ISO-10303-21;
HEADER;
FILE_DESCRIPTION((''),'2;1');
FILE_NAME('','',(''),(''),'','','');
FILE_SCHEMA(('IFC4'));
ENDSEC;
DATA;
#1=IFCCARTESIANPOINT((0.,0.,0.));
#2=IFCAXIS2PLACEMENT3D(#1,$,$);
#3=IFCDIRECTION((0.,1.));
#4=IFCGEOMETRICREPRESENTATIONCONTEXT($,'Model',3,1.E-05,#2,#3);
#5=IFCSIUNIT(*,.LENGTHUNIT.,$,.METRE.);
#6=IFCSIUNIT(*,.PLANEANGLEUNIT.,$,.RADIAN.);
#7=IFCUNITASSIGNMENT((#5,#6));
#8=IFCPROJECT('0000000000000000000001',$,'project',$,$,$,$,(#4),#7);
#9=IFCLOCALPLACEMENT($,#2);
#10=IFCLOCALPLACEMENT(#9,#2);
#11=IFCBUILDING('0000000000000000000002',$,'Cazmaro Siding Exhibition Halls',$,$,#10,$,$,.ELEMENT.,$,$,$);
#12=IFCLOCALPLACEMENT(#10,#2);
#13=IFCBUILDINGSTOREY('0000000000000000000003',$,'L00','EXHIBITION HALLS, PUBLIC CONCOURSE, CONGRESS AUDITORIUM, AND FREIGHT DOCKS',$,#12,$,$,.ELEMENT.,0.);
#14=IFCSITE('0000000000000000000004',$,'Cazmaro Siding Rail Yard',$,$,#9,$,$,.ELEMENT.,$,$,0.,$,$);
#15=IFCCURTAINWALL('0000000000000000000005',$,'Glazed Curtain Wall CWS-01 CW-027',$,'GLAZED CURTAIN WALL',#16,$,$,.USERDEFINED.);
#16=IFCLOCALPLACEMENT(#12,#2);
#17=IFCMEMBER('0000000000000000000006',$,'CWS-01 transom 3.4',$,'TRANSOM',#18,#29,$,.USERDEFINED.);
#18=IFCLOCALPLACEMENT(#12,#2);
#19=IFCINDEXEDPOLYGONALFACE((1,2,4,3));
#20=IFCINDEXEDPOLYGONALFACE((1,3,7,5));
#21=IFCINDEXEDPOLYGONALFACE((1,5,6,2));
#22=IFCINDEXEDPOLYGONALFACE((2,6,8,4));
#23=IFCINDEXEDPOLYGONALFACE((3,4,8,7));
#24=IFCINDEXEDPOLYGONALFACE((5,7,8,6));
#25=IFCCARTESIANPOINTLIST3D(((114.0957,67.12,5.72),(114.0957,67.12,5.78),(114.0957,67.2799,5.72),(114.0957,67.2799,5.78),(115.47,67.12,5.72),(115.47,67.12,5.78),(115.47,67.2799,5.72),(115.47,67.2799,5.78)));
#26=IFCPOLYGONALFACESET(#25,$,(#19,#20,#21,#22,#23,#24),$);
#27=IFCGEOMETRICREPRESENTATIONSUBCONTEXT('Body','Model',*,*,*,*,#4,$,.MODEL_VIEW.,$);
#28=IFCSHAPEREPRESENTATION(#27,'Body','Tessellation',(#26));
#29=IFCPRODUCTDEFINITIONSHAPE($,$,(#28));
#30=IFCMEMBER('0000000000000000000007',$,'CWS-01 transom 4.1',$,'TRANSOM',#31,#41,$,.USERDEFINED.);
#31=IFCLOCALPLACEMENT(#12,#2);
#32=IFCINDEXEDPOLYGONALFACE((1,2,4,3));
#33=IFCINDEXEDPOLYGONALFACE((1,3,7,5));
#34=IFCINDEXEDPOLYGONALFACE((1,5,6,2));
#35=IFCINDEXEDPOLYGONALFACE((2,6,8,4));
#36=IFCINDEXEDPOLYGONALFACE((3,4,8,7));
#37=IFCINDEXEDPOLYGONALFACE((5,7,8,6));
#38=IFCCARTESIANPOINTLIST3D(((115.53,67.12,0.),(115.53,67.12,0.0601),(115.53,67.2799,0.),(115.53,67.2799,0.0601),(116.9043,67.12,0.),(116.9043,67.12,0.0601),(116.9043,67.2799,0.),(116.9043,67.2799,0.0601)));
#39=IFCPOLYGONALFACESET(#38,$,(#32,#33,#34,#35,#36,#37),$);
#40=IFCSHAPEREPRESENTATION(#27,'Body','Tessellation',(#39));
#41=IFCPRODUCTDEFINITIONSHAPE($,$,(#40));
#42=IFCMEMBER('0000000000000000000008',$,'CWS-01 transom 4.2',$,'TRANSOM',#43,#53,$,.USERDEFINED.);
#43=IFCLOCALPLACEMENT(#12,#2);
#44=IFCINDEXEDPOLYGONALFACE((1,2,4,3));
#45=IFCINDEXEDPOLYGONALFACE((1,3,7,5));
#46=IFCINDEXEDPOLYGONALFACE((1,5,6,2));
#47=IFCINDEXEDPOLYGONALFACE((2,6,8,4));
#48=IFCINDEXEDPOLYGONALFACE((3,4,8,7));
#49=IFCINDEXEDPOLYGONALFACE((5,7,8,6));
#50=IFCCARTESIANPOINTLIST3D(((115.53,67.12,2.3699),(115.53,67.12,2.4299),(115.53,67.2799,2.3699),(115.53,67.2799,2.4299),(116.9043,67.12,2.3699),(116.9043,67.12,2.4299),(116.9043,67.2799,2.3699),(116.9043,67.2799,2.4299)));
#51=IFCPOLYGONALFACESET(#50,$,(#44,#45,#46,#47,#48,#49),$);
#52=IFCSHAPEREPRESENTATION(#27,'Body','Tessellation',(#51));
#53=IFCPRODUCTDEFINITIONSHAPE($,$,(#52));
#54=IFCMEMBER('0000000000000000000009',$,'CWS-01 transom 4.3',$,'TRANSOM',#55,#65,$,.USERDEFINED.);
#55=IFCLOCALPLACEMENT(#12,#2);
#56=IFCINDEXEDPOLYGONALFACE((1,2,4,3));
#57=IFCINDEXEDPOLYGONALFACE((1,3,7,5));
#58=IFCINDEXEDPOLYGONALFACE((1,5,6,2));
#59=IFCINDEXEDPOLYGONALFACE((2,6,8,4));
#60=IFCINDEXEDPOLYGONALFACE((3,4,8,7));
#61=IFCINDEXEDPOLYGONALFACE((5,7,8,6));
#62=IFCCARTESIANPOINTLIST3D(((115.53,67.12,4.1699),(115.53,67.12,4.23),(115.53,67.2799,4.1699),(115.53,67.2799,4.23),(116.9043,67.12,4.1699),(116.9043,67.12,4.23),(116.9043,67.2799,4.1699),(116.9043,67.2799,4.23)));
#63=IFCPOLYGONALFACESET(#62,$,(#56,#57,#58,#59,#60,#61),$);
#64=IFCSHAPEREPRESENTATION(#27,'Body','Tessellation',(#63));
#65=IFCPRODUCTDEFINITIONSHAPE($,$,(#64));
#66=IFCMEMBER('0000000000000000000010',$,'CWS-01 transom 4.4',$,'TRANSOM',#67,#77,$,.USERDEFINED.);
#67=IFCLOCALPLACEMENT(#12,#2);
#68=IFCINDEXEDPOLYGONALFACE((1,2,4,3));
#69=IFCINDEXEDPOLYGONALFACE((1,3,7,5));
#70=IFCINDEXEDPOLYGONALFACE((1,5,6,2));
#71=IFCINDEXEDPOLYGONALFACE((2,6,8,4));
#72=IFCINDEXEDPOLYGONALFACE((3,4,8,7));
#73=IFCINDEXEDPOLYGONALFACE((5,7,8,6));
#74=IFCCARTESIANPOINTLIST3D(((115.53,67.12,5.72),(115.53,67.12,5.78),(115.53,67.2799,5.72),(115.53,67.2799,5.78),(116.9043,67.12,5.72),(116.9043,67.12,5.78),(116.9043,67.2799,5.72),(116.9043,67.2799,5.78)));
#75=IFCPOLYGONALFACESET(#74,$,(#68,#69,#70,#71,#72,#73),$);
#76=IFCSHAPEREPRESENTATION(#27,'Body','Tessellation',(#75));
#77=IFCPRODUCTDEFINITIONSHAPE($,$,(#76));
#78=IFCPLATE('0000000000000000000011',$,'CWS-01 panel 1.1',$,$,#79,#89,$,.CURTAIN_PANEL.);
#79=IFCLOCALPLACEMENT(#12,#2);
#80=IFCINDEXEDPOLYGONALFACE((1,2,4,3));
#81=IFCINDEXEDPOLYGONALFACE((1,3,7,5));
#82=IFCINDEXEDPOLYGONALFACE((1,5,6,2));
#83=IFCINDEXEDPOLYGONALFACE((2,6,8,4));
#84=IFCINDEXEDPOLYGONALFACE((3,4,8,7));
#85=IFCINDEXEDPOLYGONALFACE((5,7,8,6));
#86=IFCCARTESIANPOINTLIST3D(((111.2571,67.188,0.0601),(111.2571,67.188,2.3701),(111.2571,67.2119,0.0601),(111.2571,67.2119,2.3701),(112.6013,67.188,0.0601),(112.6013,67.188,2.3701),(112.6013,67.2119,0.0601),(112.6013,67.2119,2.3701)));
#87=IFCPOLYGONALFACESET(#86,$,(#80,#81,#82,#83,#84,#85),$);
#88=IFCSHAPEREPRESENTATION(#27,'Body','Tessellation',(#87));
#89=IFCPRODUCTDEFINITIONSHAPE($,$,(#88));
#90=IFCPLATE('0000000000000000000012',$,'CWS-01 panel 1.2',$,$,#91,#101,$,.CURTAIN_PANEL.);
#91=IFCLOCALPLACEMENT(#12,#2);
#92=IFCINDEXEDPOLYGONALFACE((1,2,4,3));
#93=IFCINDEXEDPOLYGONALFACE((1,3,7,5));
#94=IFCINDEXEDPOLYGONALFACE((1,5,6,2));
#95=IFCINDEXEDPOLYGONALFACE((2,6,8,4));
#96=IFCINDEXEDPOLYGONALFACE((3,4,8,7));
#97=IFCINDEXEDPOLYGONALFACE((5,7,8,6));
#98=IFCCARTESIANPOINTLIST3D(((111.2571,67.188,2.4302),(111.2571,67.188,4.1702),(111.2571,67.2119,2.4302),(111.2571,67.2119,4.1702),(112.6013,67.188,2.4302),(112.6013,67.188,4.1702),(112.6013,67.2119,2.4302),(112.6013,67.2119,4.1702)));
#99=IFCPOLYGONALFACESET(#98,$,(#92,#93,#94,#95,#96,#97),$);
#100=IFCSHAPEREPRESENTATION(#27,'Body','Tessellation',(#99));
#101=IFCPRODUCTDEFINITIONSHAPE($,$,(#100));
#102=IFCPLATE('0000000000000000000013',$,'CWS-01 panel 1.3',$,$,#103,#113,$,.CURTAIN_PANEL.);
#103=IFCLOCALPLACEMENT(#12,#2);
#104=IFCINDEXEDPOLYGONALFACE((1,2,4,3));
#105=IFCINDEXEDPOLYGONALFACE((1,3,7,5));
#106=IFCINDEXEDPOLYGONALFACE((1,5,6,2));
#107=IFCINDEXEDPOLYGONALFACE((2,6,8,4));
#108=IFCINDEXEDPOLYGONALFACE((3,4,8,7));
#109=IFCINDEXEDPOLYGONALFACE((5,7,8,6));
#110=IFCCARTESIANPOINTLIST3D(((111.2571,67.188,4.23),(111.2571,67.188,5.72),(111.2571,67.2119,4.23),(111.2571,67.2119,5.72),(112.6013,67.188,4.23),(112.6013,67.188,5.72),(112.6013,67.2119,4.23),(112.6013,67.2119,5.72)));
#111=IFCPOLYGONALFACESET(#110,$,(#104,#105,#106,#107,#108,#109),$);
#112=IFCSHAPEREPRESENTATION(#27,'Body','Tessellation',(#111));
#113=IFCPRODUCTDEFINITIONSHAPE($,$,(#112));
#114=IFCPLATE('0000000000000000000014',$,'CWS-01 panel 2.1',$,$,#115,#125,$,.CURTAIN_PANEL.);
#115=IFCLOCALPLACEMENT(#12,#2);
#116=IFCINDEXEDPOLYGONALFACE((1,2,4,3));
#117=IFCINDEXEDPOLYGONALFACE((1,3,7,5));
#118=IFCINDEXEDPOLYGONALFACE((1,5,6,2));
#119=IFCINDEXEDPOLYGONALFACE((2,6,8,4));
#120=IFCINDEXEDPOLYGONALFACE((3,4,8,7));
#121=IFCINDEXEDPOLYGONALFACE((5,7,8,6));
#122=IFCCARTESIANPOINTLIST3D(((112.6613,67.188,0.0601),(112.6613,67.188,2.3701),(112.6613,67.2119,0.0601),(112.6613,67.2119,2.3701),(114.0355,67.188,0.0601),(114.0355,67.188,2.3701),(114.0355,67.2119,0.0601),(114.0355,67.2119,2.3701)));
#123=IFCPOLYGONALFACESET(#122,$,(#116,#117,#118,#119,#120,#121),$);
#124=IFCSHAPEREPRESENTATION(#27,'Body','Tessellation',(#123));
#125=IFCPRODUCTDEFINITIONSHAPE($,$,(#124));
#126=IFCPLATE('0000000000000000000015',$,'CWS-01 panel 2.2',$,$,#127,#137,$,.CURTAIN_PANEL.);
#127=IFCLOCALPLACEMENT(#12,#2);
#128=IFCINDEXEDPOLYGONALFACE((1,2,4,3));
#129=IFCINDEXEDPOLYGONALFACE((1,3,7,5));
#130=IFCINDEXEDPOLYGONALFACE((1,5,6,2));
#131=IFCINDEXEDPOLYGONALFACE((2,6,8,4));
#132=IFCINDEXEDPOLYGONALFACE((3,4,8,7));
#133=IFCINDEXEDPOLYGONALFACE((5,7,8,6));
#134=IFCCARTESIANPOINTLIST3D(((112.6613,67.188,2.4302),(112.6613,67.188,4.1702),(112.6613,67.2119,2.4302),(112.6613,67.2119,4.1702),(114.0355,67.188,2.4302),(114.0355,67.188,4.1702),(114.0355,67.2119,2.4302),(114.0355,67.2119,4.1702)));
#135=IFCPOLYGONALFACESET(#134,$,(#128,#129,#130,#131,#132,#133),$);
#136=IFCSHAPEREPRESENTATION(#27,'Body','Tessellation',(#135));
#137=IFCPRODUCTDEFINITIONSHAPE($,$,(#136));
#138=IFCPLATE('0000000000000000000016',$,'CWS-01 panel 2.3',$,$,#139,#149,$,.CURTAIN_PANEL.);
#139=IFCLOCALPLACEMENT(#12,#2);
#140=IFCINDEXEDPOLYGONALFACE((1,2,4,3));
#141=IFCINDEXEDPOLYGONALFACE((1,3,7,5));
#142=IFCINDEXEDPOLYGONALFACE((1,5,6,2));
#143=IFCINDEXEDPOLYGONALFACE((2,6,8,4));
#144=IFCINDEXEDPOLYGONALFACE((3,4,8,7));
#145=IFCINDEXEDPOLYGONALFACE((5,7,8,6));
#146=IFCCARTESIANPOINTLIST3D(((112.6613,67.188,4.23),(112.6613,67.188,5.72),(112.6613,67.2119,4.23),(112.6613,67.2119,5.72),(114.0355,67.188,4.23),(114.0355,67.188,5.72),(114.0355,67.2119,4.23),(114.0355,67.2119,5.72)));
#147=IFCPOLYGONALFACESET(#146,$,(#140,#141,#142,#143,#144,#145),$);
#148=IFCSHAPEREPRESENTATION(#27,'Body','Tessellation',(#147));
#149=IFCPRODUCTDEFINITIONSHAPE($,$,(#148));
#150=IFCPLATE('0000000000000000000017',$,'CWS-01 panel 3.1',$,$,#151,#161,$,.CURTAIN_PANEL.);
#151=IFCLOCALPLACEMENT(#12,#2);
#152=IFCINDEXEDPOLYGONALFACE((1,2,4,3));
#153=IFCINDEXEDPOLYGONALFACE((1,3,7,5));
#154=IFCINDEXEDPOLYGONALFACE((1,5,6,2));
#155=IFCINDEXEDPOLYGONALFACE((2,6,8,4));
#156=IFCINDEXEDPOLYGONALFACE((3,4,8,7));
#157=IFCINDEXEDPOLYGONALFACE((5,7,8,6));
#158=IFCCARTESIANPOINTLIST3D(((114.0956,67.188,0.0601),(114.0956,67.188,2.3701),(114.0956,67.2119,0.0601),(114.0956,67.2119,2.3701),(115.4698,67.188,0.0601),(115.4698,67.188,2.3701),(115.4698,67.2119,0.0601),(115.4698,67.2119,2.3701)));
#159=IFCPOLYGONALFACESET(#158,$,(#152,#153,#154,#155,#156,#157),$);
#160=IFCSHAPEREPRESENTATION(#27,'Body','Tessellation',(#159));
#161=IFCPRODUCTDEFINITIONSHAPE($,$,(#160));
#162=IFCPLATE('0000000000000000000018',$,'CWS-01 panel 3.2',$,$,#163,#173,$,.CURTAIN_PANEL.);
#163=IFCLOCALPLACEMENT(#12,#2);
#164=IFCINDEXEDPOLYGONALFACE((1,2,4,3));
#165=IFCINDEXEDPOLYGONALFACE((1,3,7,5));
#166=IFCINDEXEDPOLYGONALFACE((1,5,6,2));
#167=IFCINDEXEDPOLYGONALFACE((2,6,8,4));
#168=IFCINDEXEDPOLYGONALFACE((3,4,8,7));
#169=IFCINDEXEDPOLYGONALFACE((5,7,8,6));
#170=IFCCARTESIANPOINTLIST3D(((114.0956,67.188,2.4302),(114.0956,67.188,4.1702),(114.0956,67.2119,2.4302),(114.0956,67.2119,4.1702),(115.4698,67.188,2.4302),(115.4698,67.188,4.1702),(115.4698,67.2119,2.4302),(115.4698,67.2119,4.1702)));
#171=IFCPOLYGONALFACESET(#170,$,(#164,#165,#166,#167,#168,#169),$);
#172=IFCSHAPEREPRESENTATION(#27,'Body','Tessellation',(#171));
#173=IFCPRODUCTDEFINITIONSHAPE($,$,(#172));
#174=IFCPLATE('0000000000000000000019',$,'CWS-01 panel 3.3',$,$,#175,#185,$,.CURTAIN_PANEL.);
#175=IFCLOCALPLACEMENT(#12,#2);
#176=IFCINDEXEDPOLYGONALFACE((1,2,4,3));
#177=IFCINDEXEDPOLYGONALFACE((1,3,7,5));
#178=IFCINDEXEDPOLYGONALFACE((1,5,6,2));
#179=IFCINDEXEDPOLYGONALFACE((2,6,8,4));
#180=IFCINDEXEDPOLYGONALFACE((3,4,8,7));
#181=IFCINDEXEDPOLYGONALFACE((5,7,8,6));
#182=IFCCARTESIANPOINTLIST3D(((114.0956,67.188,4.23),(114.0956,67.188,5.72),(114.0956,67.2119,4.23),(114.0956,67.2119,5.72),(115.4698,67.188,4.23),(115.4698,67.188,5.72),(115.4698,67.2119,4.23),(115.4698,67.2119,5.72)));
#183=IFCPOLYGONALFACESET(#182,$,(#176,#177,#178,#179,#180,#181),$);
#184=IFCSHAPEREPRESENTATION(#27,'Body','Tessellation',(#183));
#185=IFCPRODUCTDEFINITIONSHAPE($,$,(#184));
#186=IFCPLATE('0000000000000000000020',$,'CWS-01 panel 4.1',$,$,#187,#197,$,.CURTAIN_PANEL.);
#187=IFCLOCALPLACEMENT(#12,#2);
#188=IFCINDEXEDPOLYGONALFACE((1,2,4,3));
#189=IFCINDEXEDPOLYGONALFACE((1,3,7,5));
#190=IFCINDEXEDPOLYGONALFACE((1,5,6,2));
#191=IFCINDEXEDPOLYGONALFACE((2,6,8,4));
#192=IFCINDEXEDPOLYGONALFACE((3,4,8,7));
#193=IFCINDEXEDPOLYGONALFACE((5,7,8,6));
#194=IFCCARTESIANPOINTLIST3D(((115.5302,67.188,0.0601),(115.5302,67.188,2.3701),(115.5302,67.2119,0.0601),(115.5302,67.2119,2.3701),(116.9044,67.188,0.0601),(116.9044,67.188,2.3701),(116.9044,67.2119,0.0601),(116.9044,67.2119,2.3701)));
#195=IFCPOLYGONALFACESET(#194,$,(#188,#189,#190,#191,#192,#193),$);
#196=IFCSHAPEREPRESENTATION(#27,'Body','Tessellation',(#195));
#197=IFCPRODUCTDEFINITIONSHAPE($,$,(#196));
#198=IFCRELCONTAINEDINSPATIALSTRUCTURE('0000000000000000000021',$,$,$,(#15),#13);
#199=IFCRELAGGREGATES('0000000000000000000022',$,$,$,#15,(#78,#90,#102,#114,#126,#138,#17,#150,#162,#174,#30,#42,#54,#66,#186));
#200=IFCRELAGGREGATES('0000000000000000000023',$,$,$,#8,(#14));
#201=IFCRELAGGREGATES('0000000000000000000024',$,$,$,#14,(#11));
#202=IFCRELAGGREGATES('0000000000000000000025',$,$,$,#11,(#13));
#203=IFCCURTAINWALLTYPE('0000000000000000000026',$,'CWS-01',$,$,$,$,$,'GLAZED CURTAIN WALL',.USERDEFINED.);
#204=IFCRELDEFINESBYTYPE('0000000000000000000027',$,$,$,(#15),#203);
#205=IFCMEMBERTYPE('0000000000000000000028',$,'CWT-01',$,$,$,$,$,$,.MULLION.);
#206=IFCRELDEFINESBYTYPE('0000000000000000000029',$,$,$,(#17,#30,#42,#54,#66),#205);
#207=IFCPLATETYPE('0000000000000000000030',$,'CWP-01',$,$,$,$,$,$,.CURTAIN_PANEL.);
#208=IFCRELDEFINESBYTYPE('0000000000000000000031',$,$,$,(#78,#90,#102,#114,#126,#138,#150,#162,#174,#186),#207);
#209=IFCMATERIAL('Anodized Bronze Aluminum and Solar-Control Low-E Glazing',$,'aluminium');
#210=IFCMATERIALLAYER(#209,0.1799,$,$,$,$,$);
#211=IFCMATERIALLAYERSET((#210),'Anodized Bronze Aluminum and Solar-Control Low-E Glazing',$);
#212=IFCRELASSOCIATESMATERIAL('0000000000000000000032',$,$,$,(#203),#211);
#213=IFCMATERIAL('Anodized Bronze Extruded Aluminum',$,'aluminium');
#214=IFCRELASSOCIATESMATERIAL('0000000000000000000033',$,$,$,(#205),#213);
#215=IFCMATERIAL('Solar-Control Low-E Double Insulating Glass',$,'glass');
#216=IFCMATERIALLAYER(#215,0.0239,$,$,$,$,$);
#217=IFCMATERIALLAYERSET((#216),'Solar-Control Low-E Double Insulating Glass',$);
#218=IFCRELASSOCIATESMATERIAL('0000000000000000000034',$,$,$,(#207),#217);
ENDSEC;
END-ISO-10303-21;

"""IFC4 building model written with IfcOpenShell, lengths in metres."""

from ifc_helpers import new_model, si_unit, direction, frame, origin, origin_2d, place, context, subcontext, project, spatial, rectangle, extrude, material, layer, layer_set, material_profile, profile_set, type_object, element, aggregate, save


model = new_model("IFC4")

# Units and contexts
model_context = context("Model", 3, precision=1e-05, world=origin(), true_north=direction((0.0, 1.0)))
body_context = subcontext(model_context, "Body", "Model", "MODEL_VIEW")
ifc_project = project(units=[si_unit("LENGTHUNIT", "METRE"), si_unit("PLANEANGLEUNIT", "RADIAN")], contexts=[model_context])

# Site, building, storey
site_placement = place(None, origin())
site = spatial("IfcSite", under=ifc_project, at=site_placement, Name="Cazmaro Siding Rail Yard", CompositionType="ELEMENT", RefElevation=0.0)
building_placement = place(site_placement, origin())
building = spatial("IfcBuilding", under=site, at=building_placement, Name="Cazmaro Siding Exhibition Halls", CompositionType="ELEMENT")
storey_placement = place(building_placement, origin())
storey = spatial("IfcBuildingStorey", under=building, at=storey_placement, Name="L00", Description="EXHIBITION HALLS, PUBLIC CONCOURSE, CONGRESS AUDITORIUM, AND FREIGHT DOCKS", CompositionType="ELEMENT", Elevation=0.0)

# Curtain wall, members, plates
ifc_material_1 = material(Name="Anodized Bronze Aluminum and Solar-Control Low-E Glazing", Category="aluminium")
ifc_layer_1 = layer(ifc_material_1, 0.1799)
ifc_layer_set_1 = layer_set([ifc_layer_1], Name="Anodized Bronze Aluminum and Solar-Control Low-E Glazing")
curtain_wall_type = type_object("IfcCurtainWallType", Name="CWS-01", ElementType="GLAZED CURTAIN WALL", PredefinedType="USERDEFINED", material=ifc_layer_set_1)
curtain_wall_placement = place(storey_placement, origin())
curtain_wall = element("IfcCurtainWall", 1, at=curtain_wall_placement, inside=storey, type_object=curtain_wall_type, Name="Glazed Curtain Wall CWS-01 CW-027", ObjectType="GLAZED CURTAIN WALL", PredefinedType="USERDEFINED")
ifc_material_2 = material(Name="Anodized Bronze Extruded Aluminum", Category="aluminium")
ifc_material_profile_1 = material_profile(ifc_material_2, rectangle(XDim=0.1599, YDim=0.0601, at=origin_2d()), Name="CWT-01")
ifc_profile_set_1 = profile_set([ifc_material_profile_1], Name="Anodized Bronze Extruded Aluminum")
member_type_1 = type_object("IfcMemberType", Name="CWT-01", PredefinedType="MULLION", material=ifc_profile_set_1)
member_1_placement = place(storey_placement, frame((114.0957, 67.2, 5.75), z_axis=(1.0, 0.0, 0.0), x_axis=(0.0, 1.0, 0.0)))
member_1 = element("IfcMember", 2, at=member_1_placement, type_object=member_type_1, Name="CWS-01 transom 3.4", ObjectType="TRANSOM", PredefinedType="USERDEFINED", context=body_context, shape_type="SweptSolid", body=[
    extrude(rectangle(XDim=0.1599, YDim=0.0601, at=origin_2d()), origin(), (0.0, 0.0, 1.0), 1.3743),
])
member_2_placement = place(storey_placement, frame((115.53, 67.2, 0.03), z_axis=(1.0, 0.0, 0.0), x_axis=(0.0, 1.0, 0.0)))
member_2 = element("IfcMember", 3, at=member_2_placement, type_object=member_type_1, Name="CWS-01 transom 4.1", ObjectType="TRANSOM", PredefinedType="USERDEFINED", context=body_context, shape_type="SweptSolid", body=[
    extrude(rectangle(XDim=0.1599, YDim=0.0601, at=origin_2d()), origin(), (0.0, 0.0, 1.0), 1.3743),
])
member_3_placement = place(storey_placement, frame((115.53, 67.2, 2.3999), z_axis=(1.0, 0.0, 0.0), x_axis=(0.0, 1.0, 0.0)))
member_3 = element("IfcMember", 4, at=member_3_placement, type_object=member_type_1, Name="CWS-01 transom 4.2", ObjectType="TRANSOM", PredefinedType="USERDEFINED", context=body_context, shape_type="SweptSolid", body=[
    extrude(rectangle(XDim=0.1599, YDim=0.0601, at=origin_2d()), origin(), (0.0, 0.0, 1.0), 1.3743),
])
member_4_placement = place(storey_placement, frame((115.53, 67.2, 4.2), z_axis=(1.0, 0.0, 0.0), x_axis=(0.0, 1.0, 0.0)))
member_4 = element("IfcMember", 5, at=member_4_placement, type_object=member_type_1, Name="CWS-01 transom 4.3", ObjectType="TRANSOM", PredefinedType="USERDEFINED", context=body_context, shape_type="SweptSolid", body=[
    extrude(rectangle(XDim=0.1599, YDim=0.0601, at=origin_2d()), origin(), (0.0, 0.0, 1.0), 1.3743),
])
member_5_placement = place(storey_placement, frame((115.53, 67.2, 5.75), z_axis=(1.0, 0.0, 0.0), x_axis=(0.0, 1.0, 0.0)))
member_5 = element("IfcMember", 6, at=member_5_placement, type_object=member_type_1, Name="CWS-01 transom 4.4", ObjectType="TRANSOM", PredefinedType="USERDEFINED", context=body_context, shape_type="SweptSolid", body=[
    extrude(rectangle(XDim=0.1599, YDim=0.0601, at=origin_2d()), origin(), (0.0, 0.0, 1.0), 1.3743),
])
ifc_material_3 = material(Name="Solar-Control Low-E Double Insulating Glass", Category="glass")
ifc_layer_2 = layer(ifc_material_3, 0.0239)
ifc_layer_set_2 = layer_set([ifc_layer_2], Name="Solar-Control Low-E Double Insulating Glass")
plate_type = type_object("IfcPlateType", Name="CWP-01", PredefinedType="CURTAIN_PANEL", material=ifc_layer_set_2)
plate_1_placement = place(storey_placement, frame((111.9292, 67.2, 0.0601), z_axis=(0.0, 0.0, 1.0), x_axis=(1.0, 0.0, 0.0)))
plate_1 = element("IfcPlate", 7, at=plate_1_placement, type_object=plate_type, Name="CWS-01 panel 1.1", PredefinedType="CURTAIN_PANEL", context=body_context, shape_type="SweptSolid", body=[
    extrude(rectangle(XDim=1.3442, YDim=0.0239, at=origin_2d()), origin(), (0.0, 0.0, 1.0), 2.3101),
])
plate_2_placement = place(storey_placement, frame((111.9292, 67.2, 2.4302), z_axis=(0.0, 0.0, 1.0), x_axis=(1.0, 0.0, 0.0)))
plate_2 = element("IfcPlate", 8, at=plate_2_placement, type_object=plate_type, Name="CWS-01 panel 1.2", PredefinedType="CURTAIN_PANEL", context=body_context, shape_type="SweptSolid", body=[
    extrude(rectangle(XDim=1.3442, YDim=0.0239, at=origin_2d()), origin(), (0.0, 0.0, 1.0), 1.74),
])
plate_3_placement = place(storey_placement, frame((111.9292, 67.2, 4.23), z_axis=(0.0, 0.0, 1.0), x_axis=(1.0, 0.0, 0.0)))
plate_3 = element("IfcPlate", 9, at=plate_3_placement, type_object=plate_type, Name="CWS-01 panel 1.3", PredefinedType="CURTAIN_PANEL", context=body_context, shape_type="SweptSolid", body=[
    extrude(rectangle(XDim=1.3442, YDim=0.0239, at=origin_2d()), origin(), (0.0, 0.0, 1.0), 1.49),
])
plate_4_placement = place(storey_placement, frame((113.3484, 67.2, 0.0601), z_axis=(0.0, 0.0, 1.0), x_axis=(1.0, 0.0, 0.0)))
plate_4 = element("IfcPlate", 10, at=plate_4_placement, type_object=plate_type, Name="CWS-01 panel 2.1", PredefinedType="CURTAIN_PANEL", context=body_context, shape_type="SweptSolid", body=[
    extrude(rectangle(XDim=1.3743, YDim=0.0239, at=origin_2d()), origin(), (0.0, 0.0, 1.0), 2.3101),
])
plate_5_placement = place(storey_placement, frame((113.3484, 67.2, 2.4302), z_axis=(0.0, 0.0, 1.0), x_axis=(1.0, 0.0, 0.0)))
plate_5 = element("IfcPlate", 11, at=plate_5_placement, type_object=plate_type, Name="CWS-01 panel 2.2", PredefinedType="CURTAIN_PANEL", context=body_context, shape_type="SweptSolid", body=[
    extrude(rectangle(XDim=1.3743, YDim=0.0239, at=origin_2d()), origin(), (0.0, 0.0, 1.0), 1.74),
])
plate_6_placement = place(storey_placement, frame((113.3484, 67.2, 4.23), z_axis=(0.0, 0.0, 1.0), x_axis=(1.0, 0.0, 0.0)))
plate_6 = element("IfcPlate", 12, at=plate_6_placement, type_object=plate_type, Name="CWS-01 panel 2.3", PredefinedType="CURTAIN_PANEL", context=body_context, shape_type="SweptSolid", body=[
    extrude(rectangle(XDim=1.3743, YDim=0.0239, at=origin_2d()), origin(), (0.0, 0.0, 1.0), 1.49),
])
plate_7_placement = place(storey_placement, frame((114.7827, 67.2, 0.0601), z_axis=(0.0, 0.0, 1.0), x_axis=(1.0, 0.0, 0.0)))
plate_7 = element("IfcPlate", 13, at=plate_7_placement, type_object=plate_type, Name="CWS-01 panel 3.1", PredefinedType="CURTAIN_PANEL", context=body_context, shape_type="SweptSolid", body=[
    extrude(rectangle(XDim=1.3743, YDim=0.0239, at=origin_2d()), origin(), (0.0, 0.0, 1.0), 2.3101),
])
plate_8_placement = place(storey_placement, frame((114.7827, 67.2, 2.4302), z_axis=(0.0, 0.0, 1.0), x_axis=(1.0, 0.0, 0.0)))
plate_8 = element("IfcPlate", 14, at=plate_8_placement, type_object=plate_type, Name="CWS-01 panel 3.2", PredefinedType="CURTAIN_PANEL", context=body_context, shape_type="SweptSolid", body=[
    extrude(rectangle(XDim=1.3743, YDim=0.0239, at=origin_2d()), origin(), (0.0, 0.0, 1.0), 1.74),
])
plate_9_placement = place(storey_placement, frame((114.7827, 67.2, 4.23), z_axis=(0.0, 0.0, 1.0), x_axis=(1.0, 0.0, 0.0)))
plate_9 = element("IfcPlate", 15, at=plate_9_placement, type_object=plate_type, Name="CWS-01 panel 3.3", PredefinedType="CURTAIN_PANEL", context=body_context, shape_type="SweptSolid", body=[
    extrude(rectangle(XDim=1.3743, YDim=0.0239, at=origin_2d()), origin(), (0.0, 0.0, 1.0), 1.49),
])
plate_10_placement = place(storey_placement, frame((116.2173, 67.2, 0.0601), z_axis=(0.0, 0.0, 1.0), x_axis=(1.0, 0.0, 0.0)))
plate_10 = element("IfcPlate", 16, at=plate_10_placement, type_object=plate_type, Name="CWS-01 panel 4.1", PredefinedType="CURTAIN_PANEL", context=body_context, shape_type="SweptSolid", body=[
    extrude(rectangle(XDim=1.3743, YDim=0.0239, at=origin_2d()), origin(), (0.0, 0.0, 1.0), 2.3101),
])
aggregate(curtain_wall, [plate_1, plate_2, plate_3, plate_4, plate_5, plate_6, member_1, plate_7, plate_8, plate_9, member_2, member_3, member_4, member_5, plate_10])

save(model, "model.ifc")
